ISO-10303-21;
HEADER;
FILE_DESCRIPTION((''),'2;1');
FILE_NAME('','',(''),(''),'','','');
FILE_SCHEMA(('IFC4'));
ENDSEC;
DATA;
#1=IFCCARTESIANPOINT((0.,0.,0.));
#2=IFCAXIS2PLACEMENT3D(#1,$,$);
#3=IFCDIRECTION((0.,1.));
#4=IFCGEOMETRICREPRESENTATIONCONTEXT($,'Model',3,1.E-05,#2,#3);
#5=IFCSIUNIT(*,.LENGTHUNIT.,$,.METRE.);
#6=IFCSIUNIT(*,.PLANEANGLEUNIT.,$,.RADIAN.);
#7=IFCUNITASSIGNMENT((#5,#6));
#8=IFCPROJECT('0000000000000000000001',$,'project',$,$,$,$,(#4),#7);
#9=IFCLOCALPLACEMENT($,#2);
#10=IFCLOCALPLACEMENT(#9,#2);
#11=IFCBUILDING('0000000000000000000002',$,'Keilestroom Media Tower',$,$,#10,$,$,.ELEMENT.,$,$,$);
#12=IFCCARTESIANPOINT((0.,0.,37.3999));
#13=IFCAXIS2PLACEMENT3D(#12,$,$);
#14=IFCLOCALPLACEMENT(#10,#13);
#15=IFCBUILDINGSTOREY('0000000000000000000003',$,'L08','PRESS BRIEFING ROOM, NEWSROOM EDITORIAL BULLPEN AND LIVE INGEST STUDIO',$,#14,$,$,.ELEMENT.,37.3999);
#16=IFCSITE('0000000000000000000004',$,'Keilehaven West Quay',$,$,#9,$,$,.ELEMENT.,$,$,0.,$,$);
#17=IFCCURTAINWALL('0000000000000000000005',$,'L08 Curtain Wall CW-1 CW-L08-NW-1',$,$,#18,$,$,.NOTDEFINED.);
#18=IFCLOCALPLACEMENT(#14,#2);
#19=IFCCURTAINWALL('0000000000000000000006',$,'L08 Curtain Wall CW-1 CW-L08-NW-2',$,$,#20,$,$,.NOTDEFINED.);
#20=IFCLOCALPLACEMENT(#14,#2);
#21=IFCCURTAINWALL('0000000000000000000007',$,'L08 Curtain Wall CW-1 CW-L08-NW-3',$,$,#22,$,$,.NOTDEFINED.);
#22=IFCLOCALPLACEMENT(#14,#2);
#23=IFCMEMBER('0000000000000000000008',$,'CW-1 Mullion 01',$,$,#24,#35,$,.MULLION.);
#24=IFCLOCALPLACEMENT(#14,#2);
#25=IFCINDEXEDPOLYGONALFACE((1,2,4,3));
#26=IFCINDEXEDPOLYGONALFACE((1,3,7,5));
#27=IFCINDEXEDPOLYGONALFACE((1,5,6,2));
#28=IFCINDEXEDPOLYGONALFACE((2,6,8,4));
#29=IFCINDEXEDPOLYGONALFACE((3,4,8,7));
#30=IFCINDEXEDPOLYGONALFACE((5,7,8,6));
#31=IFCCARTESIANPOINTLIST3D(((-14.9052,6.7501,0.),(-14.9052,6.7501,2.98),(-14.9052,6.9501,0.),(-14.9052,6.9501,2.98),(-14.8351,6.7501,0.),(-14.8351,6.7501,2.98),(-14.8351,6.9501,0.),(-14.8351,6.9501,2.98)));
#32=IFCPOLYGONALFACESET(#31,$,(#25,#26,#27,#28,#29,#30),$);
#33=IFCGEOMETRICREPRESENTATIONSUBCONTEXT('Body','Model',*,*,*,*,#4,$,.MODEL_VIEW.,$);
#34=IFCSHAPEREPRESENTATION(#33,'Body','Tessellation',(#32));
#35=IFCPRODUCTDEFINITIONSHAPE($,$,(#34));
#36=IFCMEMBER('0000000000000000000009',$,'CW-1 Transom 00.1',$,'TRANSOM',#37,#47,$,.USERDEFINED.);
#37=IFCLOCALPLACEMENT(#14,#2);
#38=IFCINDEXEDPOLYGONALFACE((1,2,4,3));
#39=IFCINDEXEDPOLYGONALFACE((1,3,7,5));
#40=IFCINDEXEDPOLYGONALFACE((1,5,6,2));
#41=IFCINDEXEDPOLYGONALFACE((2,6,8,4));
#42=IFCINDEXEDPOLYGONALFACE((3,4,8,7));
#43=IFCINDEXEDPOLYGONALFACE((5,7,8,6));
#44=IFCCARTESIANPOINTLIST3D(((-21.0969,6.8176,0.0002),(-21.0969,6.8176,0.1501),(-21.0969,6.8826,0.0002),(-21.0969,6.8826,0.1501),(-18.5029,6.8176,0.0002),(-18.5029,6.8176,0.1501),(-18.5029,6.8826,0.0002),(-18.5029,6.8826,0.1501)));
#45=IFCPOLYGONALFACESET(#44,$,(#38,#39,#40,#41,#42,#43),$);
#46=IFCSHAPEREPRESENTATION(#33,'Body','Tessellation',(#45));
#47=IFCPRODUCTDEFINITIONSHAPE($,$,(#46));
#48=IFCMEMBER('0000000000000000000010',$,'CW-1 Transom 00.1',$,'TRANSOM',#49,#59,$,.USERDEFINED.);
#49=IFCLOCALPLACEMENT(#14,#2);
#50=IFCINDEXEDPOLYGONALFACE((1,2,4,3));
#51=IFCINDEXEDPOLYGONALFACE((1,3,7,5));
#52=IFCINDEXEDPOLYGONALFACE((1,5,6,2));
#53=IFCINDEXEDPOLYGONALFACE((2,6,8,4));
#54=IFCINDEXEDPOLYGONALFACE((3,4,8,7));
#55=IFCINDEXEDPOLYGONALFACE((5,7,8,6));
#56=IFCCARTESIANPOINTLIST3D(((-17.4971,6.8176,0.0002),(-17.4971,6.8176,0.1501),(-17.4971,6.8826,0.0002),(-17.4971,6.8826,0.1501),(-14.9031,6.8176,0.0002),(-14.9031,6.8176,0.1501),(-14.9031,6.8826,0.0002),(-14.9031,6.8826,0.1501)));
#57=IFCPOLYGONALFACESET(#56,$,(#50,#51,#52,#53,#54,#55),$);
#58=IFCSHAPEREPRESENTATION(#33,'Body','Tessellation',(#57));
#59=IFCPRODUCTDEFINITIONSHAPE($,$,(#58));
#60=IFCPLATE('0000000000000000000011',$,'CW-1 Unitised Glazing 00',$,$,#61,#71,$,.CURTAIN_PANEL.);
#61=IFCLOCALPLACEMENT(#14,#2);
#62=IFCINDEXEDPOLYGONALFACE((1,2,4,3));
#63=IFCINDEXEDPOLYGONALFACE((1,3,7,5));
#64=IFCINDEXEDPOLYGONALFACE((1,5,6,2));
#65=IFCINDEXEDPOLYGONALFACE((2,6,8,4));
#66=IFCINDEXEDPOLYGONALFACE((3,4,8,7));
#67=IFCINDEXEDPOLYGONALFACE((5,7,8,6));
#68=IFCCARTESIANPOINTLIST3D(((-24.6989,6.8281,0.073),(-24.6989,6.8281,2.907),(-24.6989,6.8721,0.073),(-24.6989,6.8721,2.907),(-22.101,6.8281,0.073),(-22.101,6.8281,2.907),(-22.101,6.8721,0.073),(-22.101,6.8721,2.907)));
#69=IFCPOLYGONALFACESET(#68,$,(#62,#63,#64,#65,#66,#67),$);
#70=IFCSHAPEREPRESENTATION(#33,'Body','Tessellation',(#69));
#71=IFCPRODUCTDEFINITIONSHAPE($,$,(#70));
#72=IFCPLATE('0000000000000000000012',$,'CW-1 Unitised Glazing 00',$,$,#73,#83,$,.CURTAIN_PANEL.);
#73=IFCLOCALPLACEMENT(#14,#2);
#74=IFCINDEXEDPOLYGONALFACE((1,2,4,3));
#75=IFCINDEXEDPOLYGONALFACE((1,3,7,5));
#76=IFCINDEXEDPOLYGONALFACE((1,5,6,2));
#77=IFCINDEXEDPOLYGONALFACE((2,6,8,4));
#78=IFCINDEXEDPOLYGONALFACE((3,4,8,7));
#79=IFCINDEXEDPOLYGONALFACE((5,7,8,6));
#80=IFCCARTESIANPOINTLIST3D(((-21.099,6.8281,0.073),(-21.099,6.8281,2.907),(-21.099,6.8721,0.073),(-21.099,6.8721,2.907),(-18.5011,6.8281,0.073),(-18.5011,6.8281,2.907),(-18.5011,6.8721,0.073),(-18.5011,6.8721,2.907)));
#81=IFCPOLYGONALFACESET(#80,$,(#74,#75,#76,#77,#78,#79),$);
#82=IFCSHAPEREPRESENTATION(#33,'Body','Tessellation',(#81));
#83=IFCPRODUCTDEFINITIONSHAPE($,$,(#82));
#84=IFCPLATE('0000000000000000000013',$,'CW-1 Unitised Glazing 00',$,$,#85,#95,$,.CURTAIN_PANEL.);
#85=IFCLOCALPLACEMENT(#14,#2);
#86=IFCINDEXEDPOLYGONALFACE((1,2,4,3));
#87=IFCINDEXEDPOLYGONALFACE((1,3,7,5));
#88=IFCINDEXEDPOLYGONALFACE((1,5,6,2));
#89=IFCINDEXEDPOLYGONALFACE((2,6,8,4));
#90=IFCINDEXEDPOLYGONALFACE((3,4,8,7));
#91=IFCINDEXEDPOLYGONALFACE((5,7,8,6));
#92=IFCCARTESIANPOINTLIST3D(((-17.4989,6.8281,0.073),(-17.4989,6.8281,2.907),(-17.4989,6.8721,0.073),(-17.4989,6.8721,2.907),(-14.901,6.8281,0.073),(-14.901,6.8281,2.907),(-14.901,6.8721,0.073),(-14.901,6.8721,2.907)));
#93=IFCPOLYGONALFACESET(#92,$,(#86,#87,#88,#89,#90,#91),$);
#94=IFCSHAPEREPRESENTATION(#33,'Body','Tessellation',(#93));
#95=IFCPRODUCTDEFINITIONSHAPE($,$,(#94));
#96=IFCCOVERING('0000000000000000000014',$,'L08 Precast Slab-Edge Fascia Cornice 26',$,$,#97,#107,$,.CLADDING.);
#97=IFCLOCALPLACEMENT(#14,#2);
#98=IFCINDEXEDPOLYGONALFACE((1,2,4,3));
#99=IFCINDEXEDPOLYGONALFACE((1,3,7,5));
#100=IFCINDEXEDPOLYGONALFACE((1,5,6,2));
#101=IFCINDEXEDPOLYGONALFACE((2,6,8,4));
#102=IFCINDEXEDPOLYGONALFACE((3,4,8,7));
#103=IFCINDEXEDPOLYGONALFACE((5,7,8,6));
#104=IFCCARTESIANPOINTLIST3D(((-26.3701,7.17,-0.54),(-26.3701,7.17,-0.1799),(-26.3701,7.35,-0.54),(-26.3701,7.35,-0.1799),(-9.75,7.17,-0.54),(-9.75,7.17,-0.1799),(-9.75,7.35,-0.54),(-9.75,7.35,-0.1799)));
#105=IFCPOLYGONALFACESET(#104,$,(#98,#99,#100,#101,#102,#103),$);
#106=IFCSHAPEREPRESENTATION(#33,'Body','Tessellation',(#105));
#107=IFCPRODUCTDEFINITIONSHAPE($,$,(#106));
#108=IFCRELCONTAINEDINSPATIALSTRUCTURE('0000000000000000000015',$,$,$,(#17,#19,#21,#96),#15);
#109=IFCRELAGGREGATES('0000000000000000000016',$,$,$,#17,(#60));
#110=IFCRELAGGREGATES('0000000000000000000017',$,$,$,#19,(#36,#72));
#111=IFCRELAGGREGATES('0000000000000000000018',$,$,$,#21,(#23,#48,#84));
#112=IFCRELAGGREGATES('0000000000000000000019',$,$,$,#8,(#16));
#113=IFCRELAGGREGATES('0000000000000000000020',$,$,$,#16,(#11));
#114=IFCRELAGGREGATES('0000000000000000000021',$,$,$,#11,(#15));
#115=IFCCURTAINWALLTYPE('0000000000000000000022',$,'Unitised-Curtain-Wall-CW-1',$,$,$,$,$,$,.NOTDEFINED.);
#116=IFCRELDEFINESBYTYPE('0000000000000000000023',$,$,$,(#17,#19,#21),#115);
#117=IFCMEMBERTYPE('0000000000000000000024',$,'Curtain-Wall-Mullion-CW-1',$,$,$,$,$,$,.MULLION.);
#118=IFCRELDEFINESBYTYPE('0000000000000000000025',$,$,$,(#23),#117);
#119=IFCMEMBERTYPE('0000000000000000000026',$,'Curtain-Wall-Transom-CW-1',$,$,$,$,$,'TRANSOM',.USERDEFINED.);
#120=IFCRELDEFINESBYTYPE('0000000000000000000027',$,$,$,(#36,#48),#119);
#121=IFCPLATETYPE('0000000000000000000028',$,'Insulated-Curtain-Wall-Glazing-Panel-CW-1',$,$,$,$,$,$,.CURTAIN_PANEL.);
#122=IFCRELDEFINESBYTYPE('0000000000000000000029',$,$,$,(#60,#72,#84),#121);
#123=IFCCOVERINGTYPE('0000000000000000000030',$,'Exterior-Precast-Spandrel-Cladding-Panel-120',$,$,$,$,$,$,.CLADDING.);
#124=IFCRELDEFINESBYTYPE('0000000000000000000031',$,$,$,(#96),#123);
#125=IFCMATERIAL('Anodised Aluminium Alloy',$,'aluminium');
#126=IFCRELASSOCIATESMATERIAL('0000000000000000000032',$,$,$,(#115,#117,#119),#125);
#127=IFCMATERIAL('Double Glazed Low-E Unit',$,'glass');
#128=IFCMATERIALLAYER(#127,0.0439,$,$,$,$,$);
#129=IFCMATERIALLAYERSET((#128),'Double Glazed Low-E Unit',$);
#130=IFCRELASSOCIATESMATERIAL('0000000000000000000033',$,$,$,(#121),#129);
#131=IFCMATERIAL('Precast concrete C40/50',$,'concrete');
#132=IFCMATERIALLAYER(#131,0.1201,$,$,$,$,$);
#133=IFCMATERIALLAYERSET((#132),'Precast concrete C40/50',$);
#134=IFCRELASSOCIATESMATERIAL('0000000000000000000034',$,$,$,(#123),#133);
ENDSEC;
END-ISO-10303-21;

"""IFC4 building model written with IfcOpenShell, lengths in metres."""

from ifc_helpers import new_model, si_unit, direction, frame, origin, origin_2d, place, context, subcontext, project, spatial, rectangle, extrude, source, transform, mapped, material, layer, layer_set, material_profile, profile_set, type_object, element, aggregate, save


model = new_model("IFC4")

# Units and contexts
model_context = context("Model", 3, precision=1e-05, world=origin(), true_north=direction((0.0, 1.0)))
body_context = subcontext(model_context, "Body", "Model", "MODEL_VIEW")
ifc_project = project(units=[si_unit("LENGTHUNIT", "METRE"), si_unit("PLANEANGLEUNIT", "RADIAN")], contexts=[model_context])

# Site, building, storey
site_placement = place(None, origin())
site = spatial("IfcSite", under=ifc_project, at=site_placement, Name="Keilehaven West Quay", CompositionType="ELEMENT", RefElevation=0.0)
building_placement = place(site_placement, origin())
building = spatial("IfcBuilding", under=site, at=building_placement, Name="Keilestroom Media Tower", CompositionType="ELEMENT")
storey_placement = place(building_placement, frame((0.0, 0.0, 37.3999)))
storey = spatial("IfcBuildingStorey", under=building, at=storey_placement, Name="L08", Description="PRESS BRIEFING ROOM, NEWSROOM EDITORIAL BULLPEN AND LIVE INGEST STUDIO", CompositionType="ELEMENT", Elevation=37.3999)

# Shared definitions
ifc_material_1 = material(Name="Precast concrete C40/50", Category="concrete")

# Curtain wall
ifc_material_2 = material(Name="Anodised Aluminium Alloy", Category="aluminium")
curtain_wall_type = type_object("IfcCurtainWallType", Name="Unitised-Curtain-Wall-CW-1", PredefinedType="NOTDEFINED", material=ifc_material_2)
curtain_wall_1_placement = place(storey_placement, origin())
curtain_wall_1 = element("IfcCurtainWall", 1, at=curtain_wall_1_placement, inside=storey, type_object=curtain_wall_type, Name="L08 Curtain Wall CW-1 CW-L08-NW-1", PredefinedType="NOTDEFINED")
ifc_material_profile_1 = material_profile(ifc_material_2, rectangle(XDim=0.0701, YDim=0.2, at=origin_2d()), Name="ALU MULLION 70x200")
ifc_profile_set_1 = profile_set([ifc_material_profile_1], Name="Anodised Aluminium Alloy")
member_type_1 = type_object("IfcMemberType", Name="Curtain-Wall-Mullion-CW-1", PredefinedType="MULLION", material=ifc_profile_set_1)
shared_shape_1 = source(origin(), body_context, "Body", "SweptSolid", [
    extrude(rectangle(XDim=0.0701, YDim=0.2, at=origin_2d()), origin(), (0.0, 0.0, 1.0), 2.98),
])

# Curtain walls, member
curtain_wall_2_placement = place(storey_placement, origin())
curtain_wall_2 = element("IfcCurtainWall", 2, at=curtain_wall_2_placement, inside=storey, type_object=curtain_wall_type, Name="L08 Curtain Wall CW-1 CW-L08-NW-2", PredefinedType="NOTDEFINED")
curtain_wall_3_placement = place(storey_placement, origin())
curtain_wall_3 = element("IfcCurtainWall", 3, at=curtain_wall_3_placement, inside=storey, type_object=curtain_wall_type, Name="L08 Curtain Wall CW-1 CW-L08-NW-3", PredefinedType="NOTDEFINED")
member_1_placement = place(storey_placement, frame((-14.8701, 6.8501, 0.0), z_axis=(0.0, 0.0, 1.0), x_axis=(1.0, 0.0, 0.0)))
member_1 = element("IfcMember", 4, at=member_1_placement, type_object=member_type_1, Name="CW-1 Mullion 01", PredefinedType="MULLION", context=body_context, shape_type="MappedRepresentation", body=[
    mapped(shared_shape_1, transform((0.0, 0.0, 0.0), x_axis=(1.0, 0.0, 0.0), y_axis=(0.0, 1.0, 0.0), z_axis=(0.0, 0.0, 1.0), scale=1.0)),
])

# Members
ifc_material_profile_2 = material_profile(ifc_material_2, rectangle(XDim=0.0649, YDim=0.1499, at=origin_2d()), Name="ALU TRANSOM 65x150")
ifc_profile_set_2 = profile_set([ifc_material_profile_2], Name="Anodised Aluminium Alloy")
member_type_2 = type_object("IfcMemberType", Name="Curtain-Wall-Transom-CW-1", ElementType="TRANSOM", PredefinedType="USERDEFINED", material=ifc_profile_set_2)
shared_shape_2 = source(origin(), body_context, "Body", "SweptSolid", [
    extrude(rectangle(XDim=0.0649, YDim=0.1499, at=origin_2d()), origin(), (0.0, 0.0, 1.0), 2.594),
])
member_2_placement = place(storey_placement, frame((-21.0969, 6.8501, 0.0752), z_axis=(1.0, 0.0, 0.0), x_axis=(0.0, 1.0, 0.0)))
member_2 = element("IfcMember", 5, at=member_2_placement, type_object=member_type_2, Name="CW-1 Transom 00.1", ObjectType="TRANSOM", PredefinedType="USERDEFINED", context=body_context, shape_type="MappedRepresentation", body=[
    mapped(shared_shape_2, transform((0.0, 0.0, 0.0), x_axis=(1.0, 0.0, 0.0), y_axis=(0.0, 1.0, 0.0), z_axis=(0.0, 0.0, 1.0), scale=1.0)),
])
member_3_placement = place(storey_placement, frame((-17.4971, 6.8501, 0.0752), z_axis=(1.0, 0.0, 0.0), x_axis=(0.0, 1.0, 0.0)))
member_3 = element("IfcMember", 6, at=member_3_placement, type_object=member_type_2, Name="CW-1 Transom 00.1", ObjectType="TRANSOM", PredefinedType="USERDEFINED", context=body_context, shape_type="MappedRepresentation", body=[
    mapped(shared_shape_2, transform((0.0, 0.0, 0.0), x_axis=(1.0, 0.0, 0.0), y_axis=(0.0, 1.0, 0.0), z_axis=(0.0, 0.0, 1.0), scale=1.0)),
])

# Plates
ifc_material_3 = material(Name="Double Glazed Low-E Unit", Category="glass")
ifc_layer_1 = layer(ifc_material_3, 0.0439)
ifc_layer_set_1 = layer_set([ifc_layer_1], Name="Double Glazed Low-E Unit")
plate_type = type_object("IfcPlateType", Name="Insulated-Curtain-Wall-Glazing-Panel-CW-1", PredefinedType="CURTAIN_PANEL", material=ifc_layer_set_1)
shared_shape_3 = source(origin(), body_context, "Body", "SweptSolid", [
    extrude(rectangle(XDim=2.5979, YDim=0.0439, at=origin_2d()), origin(), (0.0, 0.0, 1.0), 2.834),
])
plate_1_placement = place(storey_placement, frame((-23.3999, 6.8501, 0.073), z_axis=(0.0, 0.0, 1.0), x_axis=(1.0, 0.0, 0.0)))
plate_1 = element("IfcPlate", 7, at=plate_1_placement, type_object=plate_type, Name="CW-1 Unitised Glazing 00", PredefinedType="CURTAIN_PANEL", context=body_context, shape_type="MappedRepresentation", body=[
    mapped(shared_shape_3, transform((0.0, 0.0, 0.0), x_axis=(1.0, 0.0, 0.0), y_axis=(0.0, 1.0, 0.0), z_axis=(0.0, 0.0, 1.0), scale=1.0)),
])
aggregate(curtain_wall_1, [plate_1])
plate_2_placement = place(storey_placement, frame((-19.8, 6.8501, 0.073), z_axis=(0.0, 0.0, 1.0), x_axis=(1.0, 0.0, 0.0)))
plate_2 = element("IfcPlate", 8, at=plate_2_placement, type_object=plate_type, Name="CW-1 Unitised Glazing 00", PredefinedType="CURTAIN_PANEL", context=body_context, shape_type="MappedRepresentation", body=[
    mapped(shared_shape_3, transform((0.0, 0.0, 0.0), x_axis=(1.0, 0.0, 0.0), y_axis=(0.0, 1.0, 0.0), z_axis=(0.0, 0.0, 1.0), scale=1.0)),
])
aggregate(curtain_wall_2, [member_2, plate_2])
plate_3_placement = place(storey_placement, frame((-16.2, 6.8501, 0.073), z_axis=(0.0, 0.0, 1.0), x_axis=(1.0, 0.0, 0.0)))
plate_3 = element("IfcPlate", 9, at=plate_3_placement, type_object=plate_type, Name="CW-1 Unitised Glazing 00", PredefinedType="CURTAIN_PANEL", context=body_context, shape_type="MappedRepresentation", body=[
    mapped(shared_shape_3, transform((0.0, 0.0, 0.0), x_axis=(1.0, 0.0, 0.0), y_axis=(0.0, 1.0, 0.0), z_axis=(0.0, 0.0, 1.0), scale=1.0)),
])
aggregate(curtain_wall_3, [member_1, member_3, plate_3])

# Covering
ifc_layer_2 = layer(ifc_material_1, 0.1201)
ifc_layer_set_2 = layer_set([ifc_layer_2], Name="Precast concrete C40/50")
covering_type = type_object("IfcCoveringType", Name="Exterior-Precast-Spandrel-Cladding-Panel-120", PredefinedType="CLADDING", material=ifc_layer_set_2)
shared_shape_4 = source(origin(), body_context, "Body", "SweptSolid", [
    extrude(rectangle(XDim=16.6201, YDim=0.1799, at=origin_2d()), origin(), (0.0, 0.0, 1.0), 0.3601),
])
covering_placement = place(storey_placement, frame((-18.0601, 7.26, -0.54), z_axis=(0.0, 0.0, 1.0), x_axis=(1.0, 0.0, 0.0)))
element("IfcCovering", 10, at=covering_placement, inside=storey, type_object=covering_type, Name="L08 Precast Slab-Edge Fascia Cornice 26", PredefinedType="CLADDING", context=body_context, shape_type="MappedRepresentation", body=[
    mapped(shared_shape_4, transform((0.0, 0.0, 0.0), x_axis=(1.0, 0.0, 0.0), y_axis=(0.0, 1.0, 0.0), z_axis=(0.0, 0.0, 1.0), scale=1.0)),
])

save(model, "model.ifc")
